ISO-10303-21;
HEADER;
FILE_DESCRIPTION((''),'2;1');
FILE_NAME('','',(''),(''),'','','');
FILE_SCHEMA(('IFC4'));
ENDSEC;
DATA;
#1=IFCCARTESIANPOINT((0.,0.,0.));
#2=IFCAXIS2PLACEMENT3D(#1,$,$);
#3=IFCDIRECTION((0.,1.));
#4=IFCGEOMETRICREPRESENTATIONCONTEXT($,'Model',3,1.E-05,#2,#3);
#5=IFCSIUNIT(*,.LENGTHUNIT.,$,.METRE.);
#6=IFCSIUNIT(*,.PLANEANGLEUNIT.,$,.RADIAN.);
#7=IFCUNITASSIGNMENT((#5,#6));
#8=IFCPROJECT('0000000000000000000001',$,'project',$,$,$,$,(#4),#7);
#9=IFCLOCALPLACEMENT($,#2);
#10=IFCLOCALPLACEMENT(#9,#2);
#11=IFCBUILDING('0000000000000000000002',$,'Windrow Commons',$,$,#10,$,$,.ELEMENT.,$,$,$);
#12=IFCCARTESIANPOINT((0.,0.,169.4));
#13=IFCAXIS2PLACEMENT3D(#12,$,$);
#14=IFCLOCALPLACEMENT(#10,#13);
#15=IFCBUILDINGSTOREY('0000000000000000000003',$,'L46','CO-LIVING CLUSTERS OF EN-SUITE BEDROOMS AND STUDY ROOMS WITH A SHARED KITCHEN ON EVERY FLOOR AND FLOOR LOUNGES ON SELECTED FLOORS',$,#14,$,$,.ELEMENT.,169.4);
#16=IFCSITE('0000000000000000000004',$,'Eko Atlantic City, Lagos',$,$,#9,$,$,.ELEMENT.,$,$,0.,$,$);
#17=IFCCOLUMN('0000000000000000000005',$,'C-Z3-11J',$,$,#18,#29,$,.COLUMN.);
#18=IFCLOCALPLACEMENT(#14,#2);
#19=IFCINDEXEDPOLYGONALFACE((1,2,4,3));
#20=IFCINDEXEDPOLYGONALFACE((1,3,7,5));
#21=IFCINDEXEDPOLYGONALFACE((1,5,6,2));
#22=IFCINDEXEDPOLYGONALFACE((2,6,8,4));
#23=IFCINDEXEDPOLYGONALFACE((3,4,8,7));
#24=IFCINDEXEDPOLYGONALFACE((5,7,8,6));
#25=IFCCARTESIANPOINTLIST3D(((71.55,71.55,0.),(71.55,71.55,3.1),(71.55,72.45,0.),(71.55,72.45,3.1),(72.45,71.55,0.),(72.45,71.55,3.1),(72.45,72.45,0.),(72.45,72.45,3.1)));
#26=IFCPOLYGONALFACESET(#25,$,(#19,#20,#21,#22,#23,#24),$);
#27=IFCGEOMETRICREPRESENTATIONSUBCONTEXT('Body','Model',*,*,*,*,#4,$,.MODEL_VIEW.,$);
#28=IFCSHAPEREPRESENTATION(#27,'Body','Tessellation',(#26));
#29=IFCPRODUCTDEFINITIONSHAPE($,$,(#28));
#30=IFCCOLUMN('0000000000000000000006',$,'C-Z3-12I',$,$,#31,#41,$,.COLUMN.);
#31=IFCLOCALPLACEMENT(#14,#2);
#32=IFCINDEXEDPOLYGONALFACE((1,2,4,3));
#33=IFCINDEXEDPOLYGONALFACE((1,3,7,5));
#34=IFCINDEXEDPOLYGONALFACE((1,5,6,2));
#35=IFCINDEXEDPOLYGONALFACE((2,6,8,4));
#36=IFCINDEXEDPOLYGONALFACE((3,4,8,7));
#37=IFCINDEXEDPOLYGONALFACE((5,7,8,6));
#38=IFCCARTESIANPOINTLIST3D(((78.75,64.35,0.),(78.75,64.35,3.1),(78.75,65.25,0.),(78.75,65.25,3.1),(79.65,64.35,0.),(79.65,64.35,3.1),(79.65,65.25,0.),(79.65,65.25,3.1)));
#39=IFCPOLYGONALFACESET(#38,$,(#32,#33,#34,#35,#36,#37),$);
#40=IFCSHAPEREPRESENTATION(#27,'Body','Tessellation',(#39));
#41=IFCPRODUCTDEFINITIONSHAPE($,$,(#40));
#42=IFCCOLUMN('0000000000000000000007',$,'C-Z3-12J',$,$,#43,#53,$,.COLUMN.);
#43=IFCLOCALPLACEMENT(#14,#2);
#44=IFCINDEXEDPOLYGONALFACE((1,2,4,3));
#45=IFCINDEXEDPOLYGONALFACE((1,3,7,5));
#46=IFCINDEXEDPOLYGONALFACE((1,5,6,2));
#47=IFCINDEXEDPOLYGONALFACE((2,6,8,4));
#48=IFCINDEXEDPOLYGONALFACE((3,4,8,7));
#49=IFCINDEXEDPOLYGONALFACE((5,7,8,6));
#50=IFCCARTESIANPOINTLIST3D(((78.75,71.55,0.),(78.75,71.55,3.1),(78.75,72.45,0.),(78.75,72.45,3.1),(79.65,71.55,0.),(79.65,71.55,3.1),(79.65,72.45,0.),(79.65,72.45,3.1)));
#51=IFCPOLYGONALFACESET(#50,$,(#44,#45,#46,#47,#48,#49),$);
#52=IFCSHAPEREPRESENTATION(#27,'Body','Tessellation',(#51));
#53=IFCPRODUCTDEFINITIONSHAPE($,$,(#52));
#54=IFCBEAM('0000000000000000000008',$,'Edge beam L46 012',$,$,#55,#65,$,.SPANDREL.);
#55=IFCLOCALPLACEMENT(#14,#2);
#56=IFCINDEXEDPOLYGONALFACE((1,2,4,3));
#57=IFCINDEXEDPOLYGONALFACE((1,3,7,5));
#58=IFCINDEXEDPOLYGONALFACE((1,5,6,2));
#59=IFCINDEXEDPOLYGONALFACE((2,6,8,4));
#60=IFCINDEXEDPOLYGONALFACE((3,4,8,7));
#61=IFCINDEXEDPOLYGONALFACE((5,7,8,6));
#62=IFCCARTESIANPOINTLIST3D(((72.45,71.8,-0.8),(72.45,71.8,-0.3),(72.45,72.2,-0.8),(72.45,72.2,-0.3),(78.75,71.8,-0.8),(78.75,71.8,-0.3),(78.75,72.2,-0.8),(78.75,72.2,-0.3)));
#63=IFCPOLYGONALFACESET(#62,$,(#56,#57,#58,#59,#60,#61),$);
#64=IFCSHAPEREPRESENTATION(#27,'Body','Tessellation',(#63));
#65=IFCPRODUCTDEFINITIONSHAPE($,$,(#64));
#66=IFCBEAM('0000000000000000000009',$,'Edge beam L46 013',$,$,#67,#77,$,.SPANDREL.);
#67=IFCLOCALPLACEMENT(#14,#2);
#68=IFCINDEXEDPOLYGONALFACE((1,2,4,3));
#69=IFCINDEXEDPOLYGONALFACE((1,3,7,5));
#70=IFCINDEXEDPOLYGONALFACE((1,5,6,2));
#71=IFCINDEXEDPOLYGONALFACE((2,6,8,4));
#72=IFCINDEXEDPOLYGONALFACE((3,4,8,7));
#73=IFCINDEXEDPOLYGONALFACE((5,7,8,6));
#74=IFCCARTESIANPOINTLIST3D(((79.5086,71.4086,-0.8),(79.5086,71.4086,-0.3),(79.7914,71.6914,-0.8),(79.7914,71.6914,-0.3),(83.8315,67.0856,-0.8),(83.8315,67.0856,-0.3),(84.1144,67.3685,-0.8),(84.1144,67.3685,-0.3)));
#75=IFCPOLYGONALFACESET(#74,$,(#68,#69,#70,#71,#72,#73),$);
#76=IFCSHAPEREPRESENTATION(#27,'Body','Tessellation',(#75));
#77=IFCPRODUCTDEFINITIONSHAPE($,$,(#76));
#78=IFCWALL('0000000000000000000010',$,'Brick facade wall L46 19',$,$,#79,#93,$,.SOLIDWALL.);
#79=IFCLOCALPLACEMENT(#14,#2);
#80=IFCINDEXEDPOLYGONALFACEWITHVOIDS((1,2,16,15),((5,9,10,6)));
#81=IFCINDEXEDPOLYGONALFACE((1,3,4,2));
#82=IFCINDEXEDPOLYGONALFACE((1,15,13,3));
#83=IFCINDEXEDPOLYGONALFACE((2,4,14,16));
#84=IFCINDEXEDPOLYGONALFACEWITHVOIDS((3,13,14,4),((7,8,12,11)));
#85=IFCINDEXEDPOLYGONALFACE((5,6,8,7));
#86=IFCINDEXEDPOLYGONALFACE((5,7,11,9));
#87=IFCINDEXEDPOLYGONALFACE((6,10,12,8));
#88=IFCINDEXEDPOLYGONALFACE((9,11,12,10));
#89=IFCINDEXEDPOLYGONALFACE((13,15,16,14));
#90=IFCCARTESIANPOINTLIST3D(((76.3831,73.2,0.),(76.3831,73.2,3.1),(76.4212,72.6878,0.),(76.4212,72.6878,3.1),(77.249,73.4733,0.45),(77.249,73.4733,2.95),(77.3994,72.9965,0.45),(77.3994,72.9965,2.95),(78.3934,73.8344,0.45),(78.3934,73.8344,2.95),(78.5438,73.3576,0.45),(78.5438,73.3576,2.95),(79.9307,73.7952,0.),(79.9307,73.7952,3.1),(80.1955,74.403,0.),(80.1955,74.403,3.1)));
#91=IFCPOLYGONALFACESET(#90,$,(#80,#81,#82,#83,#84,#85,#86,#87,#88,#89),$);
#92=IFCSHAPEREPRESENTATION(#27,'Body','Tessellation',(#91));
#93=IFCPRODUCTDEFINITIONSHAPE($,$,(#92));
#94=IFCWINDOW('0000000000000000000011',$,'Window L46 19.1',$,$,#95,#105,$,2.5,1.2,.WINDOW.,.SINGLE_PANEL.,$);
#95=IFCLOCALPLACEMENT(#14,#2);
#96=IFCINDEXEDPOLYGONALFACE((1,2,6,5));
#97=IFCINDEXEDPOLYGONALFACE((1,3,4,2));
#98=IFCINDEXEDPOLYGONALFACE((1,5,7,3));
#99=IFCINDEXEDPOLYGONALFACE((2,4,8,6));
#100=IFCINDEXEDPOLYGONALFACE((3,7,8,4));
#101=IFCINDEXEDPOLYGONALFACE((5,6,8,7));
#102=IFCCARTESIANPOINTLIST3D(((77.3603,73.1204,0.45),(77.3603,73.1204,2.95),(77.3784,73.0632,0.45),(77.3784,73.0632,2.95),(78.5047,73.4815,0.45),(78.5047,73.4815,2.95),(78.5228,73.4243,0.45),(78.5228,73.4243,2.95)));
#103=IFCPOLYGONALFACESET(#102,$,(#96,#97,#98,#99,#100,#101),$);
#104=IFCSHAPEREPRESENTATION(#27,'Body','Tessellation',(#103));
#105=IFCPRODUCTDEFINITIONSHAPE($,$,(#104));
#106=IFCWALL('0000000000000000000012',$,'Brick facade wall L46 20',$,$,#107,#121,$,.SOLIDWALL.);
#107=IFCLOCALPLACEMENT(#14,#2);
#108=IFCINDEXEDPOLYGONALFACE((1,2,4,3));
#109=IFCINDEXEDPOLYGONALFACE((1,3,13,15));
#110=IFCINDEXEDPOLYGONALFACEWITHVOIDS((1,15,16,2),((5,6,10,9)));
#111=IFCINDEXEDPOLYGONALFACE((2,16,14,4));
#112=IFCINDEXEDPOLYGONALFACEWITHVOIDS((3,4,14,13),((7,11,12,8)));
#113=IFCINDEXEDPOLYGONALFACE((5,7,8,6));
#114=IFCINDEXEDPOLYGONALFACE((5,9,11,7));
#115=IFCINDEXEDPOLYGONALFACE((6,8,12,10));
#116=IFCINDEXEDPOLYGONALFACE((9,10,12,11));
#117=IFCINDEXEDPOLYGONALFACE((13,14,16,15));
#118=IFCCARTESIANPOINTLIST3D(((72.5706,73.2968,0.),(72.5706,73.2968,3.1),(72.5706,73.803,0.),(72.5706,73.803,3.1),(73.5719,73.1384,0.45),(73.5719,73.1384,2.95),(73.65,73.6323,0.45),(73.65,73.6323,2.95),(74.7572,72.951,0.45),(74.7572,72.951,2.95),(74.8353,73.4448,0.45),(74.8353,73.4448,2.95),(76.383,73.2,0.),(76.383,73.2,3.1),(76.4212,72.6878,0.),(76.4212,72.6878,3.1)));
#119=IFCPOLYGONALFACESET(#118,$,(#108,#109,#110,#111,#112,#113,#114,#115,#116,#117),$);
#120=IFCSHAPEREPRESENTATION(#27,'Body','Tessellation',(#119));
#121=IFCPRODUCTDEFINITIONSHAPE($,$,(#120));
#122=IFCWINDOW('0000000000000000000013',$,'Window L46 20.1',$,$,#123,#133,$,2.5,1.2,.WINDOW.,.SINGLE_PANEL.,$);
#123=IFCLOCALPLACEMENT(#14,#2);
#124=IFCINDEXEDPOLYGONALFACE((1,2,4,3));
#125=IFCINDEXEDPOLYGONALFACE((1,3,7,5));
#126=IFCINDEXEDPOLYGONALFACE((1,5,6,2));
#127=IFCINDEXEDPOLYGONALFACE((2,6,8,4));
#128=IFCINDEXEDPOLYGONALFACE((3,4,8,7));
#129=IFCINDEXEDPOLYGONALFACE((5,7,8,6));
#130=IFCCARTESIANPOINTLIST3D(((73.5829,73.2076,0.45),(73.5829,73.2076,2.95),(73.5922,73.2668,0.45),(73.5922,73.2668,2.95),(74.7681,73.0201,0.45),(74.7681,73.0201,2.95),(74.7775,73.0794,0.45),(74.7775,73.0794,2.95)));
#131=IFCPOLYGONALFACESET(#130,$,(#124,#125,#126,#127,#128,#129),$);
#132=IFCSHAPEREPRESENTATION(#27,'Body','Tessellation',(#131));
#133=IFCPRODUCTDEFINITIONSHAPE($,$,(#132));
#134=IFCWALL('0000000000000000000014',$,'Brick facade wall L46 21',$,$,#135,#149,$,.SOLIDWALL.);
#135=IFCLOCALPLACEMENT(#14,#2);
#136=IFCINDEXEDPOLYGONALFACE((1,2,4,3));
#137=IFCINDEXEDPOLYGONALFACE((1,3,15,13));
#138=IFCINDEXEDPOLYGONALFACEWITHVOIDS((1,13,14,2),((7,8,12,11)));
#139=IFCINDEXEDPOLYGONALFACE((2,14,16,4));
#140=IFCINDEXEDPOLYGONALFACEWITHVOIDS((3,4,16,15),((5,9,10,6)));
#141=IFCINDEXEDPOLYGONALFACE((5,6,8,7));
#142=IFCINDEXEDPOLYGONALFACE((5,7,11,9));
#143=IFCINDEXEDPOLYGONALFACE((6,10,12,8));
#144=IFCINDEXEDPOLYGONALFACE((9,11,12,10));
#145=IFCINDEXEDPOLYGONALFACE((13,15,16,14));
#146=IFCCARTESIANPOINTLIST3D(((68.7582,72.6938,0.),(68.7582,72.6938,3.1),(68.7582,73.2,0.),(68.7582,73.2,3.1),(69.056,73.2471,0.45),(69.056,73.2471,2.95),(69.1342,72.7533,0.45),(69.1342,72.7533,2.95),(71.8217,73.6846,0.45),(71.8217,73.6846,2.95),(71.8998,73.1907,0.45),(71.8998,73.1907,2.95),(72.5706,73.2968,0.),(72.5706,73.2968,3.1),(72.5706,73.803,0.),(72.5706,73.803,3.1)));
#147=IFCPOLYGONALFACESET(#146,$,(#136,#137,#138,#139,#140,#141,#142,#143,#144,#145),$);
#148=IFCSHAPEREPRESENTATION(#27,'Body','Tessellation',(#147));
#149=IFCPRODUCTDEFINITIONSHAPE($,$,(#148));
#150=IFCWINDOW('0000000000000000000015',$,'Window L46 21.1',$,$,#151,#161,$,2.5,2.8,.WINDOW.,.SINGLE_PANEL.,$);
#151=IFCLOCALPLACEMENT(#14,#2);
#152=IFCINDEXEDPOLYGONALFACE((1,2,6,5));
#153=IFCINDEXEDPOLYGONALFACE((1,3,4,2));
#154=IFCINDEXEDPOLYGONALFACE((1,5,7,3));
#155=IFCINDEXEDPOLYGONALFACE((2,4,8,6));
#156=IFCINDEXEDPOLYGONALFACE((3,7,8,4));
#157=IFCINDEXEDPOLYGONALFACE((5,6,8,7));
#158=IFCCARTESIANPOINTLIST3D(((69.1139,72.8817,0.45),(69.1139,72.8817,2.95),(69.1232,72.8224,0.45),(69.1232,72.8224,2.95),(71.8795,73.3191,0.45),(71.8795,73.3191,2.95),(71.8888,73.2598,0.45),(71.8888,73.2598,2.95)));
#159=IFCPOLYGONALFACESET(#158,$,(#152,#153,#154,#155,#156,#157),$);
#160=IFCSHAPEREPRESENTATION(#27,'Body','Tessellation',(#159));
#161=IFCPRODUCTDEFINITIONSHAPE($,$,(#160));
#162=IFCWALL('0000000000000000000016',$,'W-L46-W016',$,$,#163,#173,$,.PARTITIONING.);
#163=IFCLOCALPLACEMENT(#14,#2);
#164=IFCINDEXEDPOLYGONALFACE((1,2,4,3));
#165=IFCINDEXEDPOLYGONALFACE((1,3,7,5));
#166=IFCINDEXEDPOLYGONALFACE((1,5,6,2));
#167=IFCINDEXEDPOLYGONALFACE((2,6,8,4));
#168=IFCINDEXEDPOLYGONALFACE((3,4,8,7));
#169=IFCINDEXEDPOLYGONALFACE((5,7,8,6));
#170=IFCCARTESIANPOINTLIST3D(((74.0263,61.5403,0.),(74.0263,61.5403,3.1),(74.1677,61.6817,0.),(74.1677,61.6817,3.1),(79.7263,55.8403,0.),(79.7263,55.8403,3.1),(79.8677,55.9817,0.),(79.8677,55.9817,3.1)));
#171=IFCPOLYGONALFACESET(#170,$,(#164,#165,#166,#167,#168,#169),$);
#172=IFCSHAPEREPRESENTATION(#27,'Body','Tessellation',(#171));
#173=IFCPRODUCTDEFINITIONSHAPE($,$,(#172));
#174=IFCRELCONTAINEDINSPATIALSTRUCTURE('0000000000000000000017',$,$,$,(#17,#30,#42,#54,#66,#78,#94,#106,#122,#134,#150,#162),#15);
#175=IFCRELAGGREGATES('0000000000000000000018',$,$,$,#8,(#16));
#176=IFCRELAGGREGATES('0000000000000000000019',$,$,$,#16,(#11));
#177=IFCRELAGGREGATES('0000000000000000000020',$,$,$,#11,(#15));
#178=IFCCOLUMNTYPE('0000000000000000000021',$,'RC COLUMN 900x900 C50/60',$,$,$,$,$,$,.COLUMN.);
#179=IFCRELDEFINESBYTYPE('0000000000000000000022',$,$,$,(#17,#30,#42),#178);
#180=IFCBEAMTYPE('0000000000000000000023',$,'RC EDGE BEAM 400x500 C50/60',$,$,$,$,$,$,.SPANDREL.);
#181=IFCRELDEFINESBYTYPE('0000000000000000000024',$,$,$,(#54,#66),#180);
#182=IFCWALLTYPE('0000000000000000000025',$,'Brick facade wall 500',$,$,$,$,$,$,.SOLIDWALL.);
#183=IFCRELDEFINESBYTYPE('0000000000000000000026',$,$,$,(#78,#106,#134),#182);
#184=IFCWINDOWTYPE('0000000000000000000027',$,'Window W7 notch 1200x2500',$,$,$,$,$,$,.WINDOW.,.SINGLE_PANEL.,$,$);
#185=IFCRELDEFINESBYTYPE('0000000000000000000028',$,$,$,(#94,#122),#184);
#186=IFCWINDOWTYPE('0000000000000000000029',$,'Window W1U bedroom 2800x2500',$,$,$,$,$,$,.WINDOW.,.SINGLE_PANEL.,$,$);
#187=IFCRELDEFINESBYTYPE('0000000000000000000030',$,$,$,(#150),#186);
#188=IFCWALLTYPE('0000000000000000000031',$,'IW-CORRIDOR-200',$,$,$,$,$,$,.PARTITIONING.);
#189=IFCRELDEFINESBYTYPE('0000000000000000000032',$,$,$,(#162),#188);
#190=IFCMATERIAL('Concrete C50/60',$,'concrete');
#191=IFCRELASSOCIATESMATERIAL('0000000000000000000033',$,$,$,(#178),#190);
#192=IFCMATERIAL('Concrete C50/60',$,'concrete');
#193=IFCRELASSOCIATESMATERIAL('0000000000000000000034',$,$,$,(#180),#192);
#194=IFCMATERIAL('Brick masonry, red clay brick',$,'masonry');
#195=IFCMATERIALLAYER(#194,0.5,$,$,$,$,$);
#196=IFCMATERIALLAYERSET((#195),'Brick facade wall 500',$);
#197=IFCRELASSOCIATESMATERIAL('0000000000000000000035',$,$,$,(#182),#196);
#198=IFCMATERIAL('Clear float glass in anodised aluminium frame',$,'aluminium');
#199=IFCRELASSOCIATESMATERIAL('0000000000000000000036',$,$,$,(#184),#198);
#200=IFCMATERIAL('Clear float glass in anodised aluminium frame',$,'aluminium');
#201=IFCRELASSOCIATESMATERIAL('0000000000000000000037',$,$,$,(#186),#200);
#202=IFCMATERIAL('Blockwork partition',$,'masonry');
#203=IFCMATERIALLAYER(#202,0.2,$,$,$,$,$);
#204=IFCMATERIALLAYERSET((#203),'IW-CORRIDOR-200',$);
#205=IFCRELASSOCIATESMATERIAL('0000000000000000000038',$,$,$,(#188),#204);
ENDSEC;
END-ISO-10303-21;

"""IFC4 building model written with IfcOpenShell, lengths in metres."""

from ifc_helpers import new_model, si_unit, direction, frame, frame_2d, origin, origin_2d, place, context, subcontext, project, spatial, polyline, rectangle, outline, extrude, material, layer, layer_set, material_profile, profile_set, type_object, element, fill, save


model = new_model("IFC4")

# Units and contexts
model_context = context("Model", 3, precision=1e-05, world=origin(), true_north=direction((0.0, 1.0)))
body_context = subcontext(model_context, "Body", "Model", "MODEL_VIEW")
ifc_project = project(units=[si_unit("LENGTHUNIT", "METRE"), si_unit("PLANEANGLEUNIT", "RADIAN")], contexts=[model_context])

# Site, building, storey
site_placement = place(None, origin())
site = spatial("IfcSite", under=ifc_project, at=site_placement, Name="Eko Atlantic City, Lagos", CompositionType="ELEMENT", RefElevation=0.0)
building_placement = place(site_placement, origin())
building = spatial("IfcBuilding", under=site, at=building_placement, Name="Windrow Commons", CompositionType="ELEMENT")
storey_placement = place(building_placement, frame((0.0, 0.0, 169.4)))
storey = spatial("IfcBuildingStorey", under=building, at=storey_placement, Name="L46", Description="CO-LIVING CLUSTERS OF EN-SUITE BEDROOMS AND STUDY ROOMS WITH A SHARED KITCHEN ON EVERY FLOOR AND FLOOR LOUNGES ON SELECTED FLOORS", CompositionType="ELEMENT", Elevation=169.4)

# Columns
ifc_material_1 = material(Name="Concrete C50/60", Category="concrete")
ifc_material_profile_1 = material_profile(ifc_material_1, rectangle(XDim=0.9, YDim=0.9, at=origin_2d()))
ifc_profile_set_1 = profile_set([ifc_material_profile_1], Name="Concrete C50/60")
column_type = type_object("IfcColumnType", Name="RC COLUMN 900x900 C50/60", PredefinedType="COLUMN", material=ifc_profile_set_1)
for number, where, z_axis, x_axis, name in (
    (1, (72.0, 72.0, 0.0), (0.0, 0.0, 1.0), (1.0, 0.0, 0.0), "C-Z3-11J"),
    (2, (79.2, 64.8, 0.0), (0.0, 0.0, 1.0), (1.0, 0.0, 0.0), "C-Z3-12I"),
    (3, (79.2, 72.0, 0.0), (0.0, 0.0, 1.0), (1.0, 0.0, 0.0), "C-Z3-12J"),
):
    element("IfcColumn", number, at=place(storey_placement, frame(where, z_axis=z_axis, x_axis=x_axis)), inside=storey, type_object=column_type, Name=name, PredefinedType="COLUMN", context=body_context, shape_type="SweptSolid", body=[
        extrude(rectangle(XDim=0.9, YDim=0.9, at=origin_2d()), origin(), (0.0, 0.0, 1.0), 3.1),
    ])

# Beams
ifc_material_2 = material(Name="Concrete C50/60", Category="concrete")
ifc_material_profile_2 = material_profile(ifc_material_2, rectangle(XDim=0.4, YDim=0.5, at=origin_2d()))
ifc_profile_set_2 = profile_set([ifc_material_profile_2], Name="Concrete C50/60")
beam_type = type_object("IfcBeamType", Name="RC EDGE BEAM 400x500 C50/60", PredefinedType="SPANDREL", material=ifc_profile_set_2)
beam_1_placement = place(storey_placement, frame((72.45, 72.0, -0.55), z_axis=(1.0, 0.0, 0.0), x_axis=(0.0, 1.0, 0.0)))
element("IfcBeam", 4, at=beam_1_placement, inside=storey, type_object=beam_type, Name="Edge beam L46 012", PredefinedType="SPANDREL", context=body_context, shape_type="SweptSolid", body=[
    extrude(rectangle(XDim=0.4, YDim=0.5, at=origin_2d()), origin(), (0.0, 0.0, 1.0), 6.3),
])
beam_2_placement = place(storey_placement, frame((79.65, 71.55, -0.55), z_axis=(0.707107, -0.707107, 0.0), x_axis=(0.707107, 0.707107, 0.0)))
element("IfcBeam", 5, at=beam_2_placement, inside=storey, type_object=beam_type, Name="Edge beam L46 013", PredefinedType="SPANDREL", context=body_context, shape_type="SweptSolid", body=[
    extrude(rectangle(XDim=0.4, YDim=0.5, at=origin_2d()), origin(), (0.0, 0.0, 1.0), 6.1136),
])

# Walls, openings, windows
ifc_material_3 = material(Name="Brick masonry, red clay brick", Category="masonry")
ifc_layer_1 = layer(ifc_material_3, 0.5)
ifc_layer_set_1 = layer_set([ifc_layer_1], Name="Brick facade wall 500")
wall_type_1 = type_object("IfcWallType", Name="Brick facade wall 500", PredefinedType="SOLIDWALL", material=ifc_layer_set_1)
wall_1_placement = place(storey_placement, frame((80.0631, 74.0991, 0.0), z_axis=(0.0, 0.0, 1.0), x_axis=(-0.95365, -0.300917, 0.0)))
wall_1 = element("IfcWall", 6, at=wall_1_placement, inside=storey, type_object=wall_type_1, Name="Brick facade wall L46 19", PredefinedType="SOLIDWALL", context=body_context, shape_type="SweptSolid", body=[
    extrude(outline(polyline([(-0.2177, -0.25), (3.78, -0.25), (3.8978, 0.25), (0.2177, 0.25), (-0.2177, -0.25)])), origin(), (0.0, 0.0, 1.0), 3.1),
])
opening_1_placement = place(wall_1_placement, frame((1.672, 0.0, 0.45)))
opening_1 = element("IfcOpeningElement", 7, at=opening_1_placement, cuts=wall_1, PredefinedType="OPENING", context=body_context, shape_type="SweptSolid", body=[
    extrude(rectangle(XDim=1.2, YDim=2.5, at=frame_2d((0.6, 1.25))), frame((0.0, 0.26, 0.0), z_axis=(0.0, -1.0, 0.0), x_axis=(1.0, 0.0, 0.0)), (0.0, 0.0, 1.0), 0.52),
])
ifc_material_4 = material(Name="Clear float glass in anodised aluminium frame", Category="aluminium")
window_type_1 = type_object("IfcWindowType", Name="Window W7 notch 1200x2500", PartitioningType="SINGLE_PANEL", PredefinedType="WINDOW", material=ifc_material_4)
window_1_placement = place(opening_1_placement, origin())
window_1 = element("IfcWindow", 8, at=window_1_placement, inside=storey, type_object=window_type_1, Name="Window L46 19.1", OverallHeight=2.5, OverallWidth=1.2, PartitioningType="SINGLE_PANEL", PredefinedType="WINDOW", context=body_context, shape_type="SweptSolid", body=[
    extrude(rectangle(XDim=1.2, YDim=2.5, at=frame_2d((0.6, 1.25))), frame((0.0, 0.18, 0.0), z_axis=(0.0, -1.0, 0.0), x_axis=(1.0, 0.0, 0.0)), (0.0, 0.0, 1.0), 0.06),
])
fill(opening_1, window_1)
wall_2_placement = place(storey_placement, frame((76.4021, 72.9439, 0.0), z_axis=(0.0, 0.0, 1.0), x_axis=(-0.987722, 0.156221, 0.0)))
wall_2 = element("IfcWall", 9, at=wall_2_placement, inside=storey, type_object=wall_type_1, Name="Brick facade wall L46 20", PredefinedType="SOLIDWALL", context=body_context, shape_type="SweptSolid", body=[
    extrude(outline(polyline([(0.0589, -0.25), (3.9187, -0.25), (3.8396, 0.25), (-0.0589, 0.25), (0.0589, -0.25)])), origin(), (0.0, 0.0, 1.0), 3.1),
])
opening_2_placement = place(wall_2_placement, frame((1.6258, 0.0, 0.45)))
opening_2 = element("IfcOpeningElement", 10, at=opening_2_placement, cuts=wall_2, PredefinedType="OPENING", context=body_context, shape_type="SweptSolid", body=[
    extrude(rectangle(XDim=1.2, YDim=2.5, at=frame_2d((0.6, 1.25))), frame((0.0, 0.26, 0.0), z_axis=(0.0, -1.0, 0.0), x_axis=(1.0, 0.0, 0.0)), (0.0, 0.0, 1.0), 0.52),
])
window_2_placement = place(opening_2_placement, origin())
window_2 = element("IfcWindow", 11, at=window_2_placement, inside=storey, type_object=window_type_1, Name="Window L46 20.1", OverallHeight=2.5, OverallWidth=1.2, PartitioningType="SINGLE_PANEL", PredefinedType="WINDOW", context=body_context, shape_type="SweptSolid", body=[
    extrude(rectangle(XDim=1.2, YDim=2.5, at=frame_2d((0.6, 1.25))), frame((0.0, 0.18, 0.0), z_axis=(0.0, -1.0, 0.0), x_axis=(1.0, 0.0, 0.0)), (0.0, 0.0, 1.0), 0.06),
])
fill(opening_2, window_2)
wall_3_placement = place(storey_placement, frame((72.5706, 73.5499, 0.0), z_axis=(0.0, 0.0, 1.0), x_axis=(-0.987721, -0.156226, 0.0)))
wall_3 = element("IfcWall", 12, at=wall_3_placement, inside=storey, type_object=wall_type_1, Name="Brick facade wall L46 21", PredefinedType="SOLIDWALL", context=body_context, shape_type="SweptSolid", body=[
    extrude(outline(polyline([(-0.0395, -0.25), (3.8203, -0.25), (3.8993, 0.25), (0.0395, 0.25), (-0.0395, -0.25)])), origin(), (0.0, 0.0, 1.0), 3.1),
])
opening_3_placement = place(wall_3_placement, frame((0.7187, 0.0, 0.45)))
opening_3 = element("IfcOpeningElement", 13, at=opening_3_placement, cuts=wall_3, PredefinedType="OPENING", context=body_context, shape_type="SweptSolid", body=[
    extrude(rectangle(XDim=2.8, YDim=2.5, at=frame_2d((1.4, 1.25))), frame((0.0, 0.26, 0.0), z_axis=(0.0, -1.0, 0.0), x_axis=(1.0, 0.0, 0.0)), (0.0, 0.0, 1.0), 0.52),
])
ifc_material_5 = material(Name="Clear float glass in anodised aluminium frame", Category="aluminium")
window_type_2 = type_object("IfcWindowType", Name="Window W1U bedroom 2800x2500", PartitioningType="SINGLE_PANEL", PredefinedType="WINDOW", material=ifc_material_5)
window_3_placement = place(opening_3_placement, origin())
window_3 = element("IfcWindow", 14, at=window_3_placement, inside=storey, type_object=window_type_2, Name="Window L46 21.1", OverallHeight=2.5, OverallWidth=2.8, PartitioningType="SINGLE_PANEL", PredefinedType="WINDOW", context=body_context, shape_type="SweptSolid", body=[
    extrude(rectangle(XDim=2.8, YDim=2.5, at=frame_2d((1.4, 1.25))), frame((0.0, 0.18, 0.0), z_axis=(0.0, -1.0, 0.0), x_axis=(1.0, 0.0, 0.0)), (0.0, 0.0, 1.0), 0.06),
])
fill(opening_3, window_3)

# Wall
ifc_material_6 = material(Name="Blockwork partition", Category="masonry")
ifc_layer_2 = layer(ifc_material_6, 0.2)
ifc_layer_set_2 = layer_set([ifc_layer_2], Name="IW-CORRIDOR-200")
wall_type_2 = type_object("IfcWallType", Name="IW-CORRIDOR-200", PredefinedType="PARTITIONING", material=ifc_layer_set_2)
wall_4_placement = place(storey_placement, frame((74.097, 61.611, 0.0), z_axis=(0.0, 0.0, 1.0), x_axis=(0.707107, -0.707107, 0.0)))
element("IfcWall", 15, at=wall_4_placement, inside=storey, type_object=wall_type_2, Name="W-L46-W016", PredefinedType="PARTITIONING", context=body_context, shape_type="SweptSolid", body=[
    extrude(rectangle(XDim=8.061, YDim=0.2, at=frame_2d((4.0305, 0.0))), origin(), (0.0, 0.0, 1.0), 3.1),
])

save(model, "model.ifc")
